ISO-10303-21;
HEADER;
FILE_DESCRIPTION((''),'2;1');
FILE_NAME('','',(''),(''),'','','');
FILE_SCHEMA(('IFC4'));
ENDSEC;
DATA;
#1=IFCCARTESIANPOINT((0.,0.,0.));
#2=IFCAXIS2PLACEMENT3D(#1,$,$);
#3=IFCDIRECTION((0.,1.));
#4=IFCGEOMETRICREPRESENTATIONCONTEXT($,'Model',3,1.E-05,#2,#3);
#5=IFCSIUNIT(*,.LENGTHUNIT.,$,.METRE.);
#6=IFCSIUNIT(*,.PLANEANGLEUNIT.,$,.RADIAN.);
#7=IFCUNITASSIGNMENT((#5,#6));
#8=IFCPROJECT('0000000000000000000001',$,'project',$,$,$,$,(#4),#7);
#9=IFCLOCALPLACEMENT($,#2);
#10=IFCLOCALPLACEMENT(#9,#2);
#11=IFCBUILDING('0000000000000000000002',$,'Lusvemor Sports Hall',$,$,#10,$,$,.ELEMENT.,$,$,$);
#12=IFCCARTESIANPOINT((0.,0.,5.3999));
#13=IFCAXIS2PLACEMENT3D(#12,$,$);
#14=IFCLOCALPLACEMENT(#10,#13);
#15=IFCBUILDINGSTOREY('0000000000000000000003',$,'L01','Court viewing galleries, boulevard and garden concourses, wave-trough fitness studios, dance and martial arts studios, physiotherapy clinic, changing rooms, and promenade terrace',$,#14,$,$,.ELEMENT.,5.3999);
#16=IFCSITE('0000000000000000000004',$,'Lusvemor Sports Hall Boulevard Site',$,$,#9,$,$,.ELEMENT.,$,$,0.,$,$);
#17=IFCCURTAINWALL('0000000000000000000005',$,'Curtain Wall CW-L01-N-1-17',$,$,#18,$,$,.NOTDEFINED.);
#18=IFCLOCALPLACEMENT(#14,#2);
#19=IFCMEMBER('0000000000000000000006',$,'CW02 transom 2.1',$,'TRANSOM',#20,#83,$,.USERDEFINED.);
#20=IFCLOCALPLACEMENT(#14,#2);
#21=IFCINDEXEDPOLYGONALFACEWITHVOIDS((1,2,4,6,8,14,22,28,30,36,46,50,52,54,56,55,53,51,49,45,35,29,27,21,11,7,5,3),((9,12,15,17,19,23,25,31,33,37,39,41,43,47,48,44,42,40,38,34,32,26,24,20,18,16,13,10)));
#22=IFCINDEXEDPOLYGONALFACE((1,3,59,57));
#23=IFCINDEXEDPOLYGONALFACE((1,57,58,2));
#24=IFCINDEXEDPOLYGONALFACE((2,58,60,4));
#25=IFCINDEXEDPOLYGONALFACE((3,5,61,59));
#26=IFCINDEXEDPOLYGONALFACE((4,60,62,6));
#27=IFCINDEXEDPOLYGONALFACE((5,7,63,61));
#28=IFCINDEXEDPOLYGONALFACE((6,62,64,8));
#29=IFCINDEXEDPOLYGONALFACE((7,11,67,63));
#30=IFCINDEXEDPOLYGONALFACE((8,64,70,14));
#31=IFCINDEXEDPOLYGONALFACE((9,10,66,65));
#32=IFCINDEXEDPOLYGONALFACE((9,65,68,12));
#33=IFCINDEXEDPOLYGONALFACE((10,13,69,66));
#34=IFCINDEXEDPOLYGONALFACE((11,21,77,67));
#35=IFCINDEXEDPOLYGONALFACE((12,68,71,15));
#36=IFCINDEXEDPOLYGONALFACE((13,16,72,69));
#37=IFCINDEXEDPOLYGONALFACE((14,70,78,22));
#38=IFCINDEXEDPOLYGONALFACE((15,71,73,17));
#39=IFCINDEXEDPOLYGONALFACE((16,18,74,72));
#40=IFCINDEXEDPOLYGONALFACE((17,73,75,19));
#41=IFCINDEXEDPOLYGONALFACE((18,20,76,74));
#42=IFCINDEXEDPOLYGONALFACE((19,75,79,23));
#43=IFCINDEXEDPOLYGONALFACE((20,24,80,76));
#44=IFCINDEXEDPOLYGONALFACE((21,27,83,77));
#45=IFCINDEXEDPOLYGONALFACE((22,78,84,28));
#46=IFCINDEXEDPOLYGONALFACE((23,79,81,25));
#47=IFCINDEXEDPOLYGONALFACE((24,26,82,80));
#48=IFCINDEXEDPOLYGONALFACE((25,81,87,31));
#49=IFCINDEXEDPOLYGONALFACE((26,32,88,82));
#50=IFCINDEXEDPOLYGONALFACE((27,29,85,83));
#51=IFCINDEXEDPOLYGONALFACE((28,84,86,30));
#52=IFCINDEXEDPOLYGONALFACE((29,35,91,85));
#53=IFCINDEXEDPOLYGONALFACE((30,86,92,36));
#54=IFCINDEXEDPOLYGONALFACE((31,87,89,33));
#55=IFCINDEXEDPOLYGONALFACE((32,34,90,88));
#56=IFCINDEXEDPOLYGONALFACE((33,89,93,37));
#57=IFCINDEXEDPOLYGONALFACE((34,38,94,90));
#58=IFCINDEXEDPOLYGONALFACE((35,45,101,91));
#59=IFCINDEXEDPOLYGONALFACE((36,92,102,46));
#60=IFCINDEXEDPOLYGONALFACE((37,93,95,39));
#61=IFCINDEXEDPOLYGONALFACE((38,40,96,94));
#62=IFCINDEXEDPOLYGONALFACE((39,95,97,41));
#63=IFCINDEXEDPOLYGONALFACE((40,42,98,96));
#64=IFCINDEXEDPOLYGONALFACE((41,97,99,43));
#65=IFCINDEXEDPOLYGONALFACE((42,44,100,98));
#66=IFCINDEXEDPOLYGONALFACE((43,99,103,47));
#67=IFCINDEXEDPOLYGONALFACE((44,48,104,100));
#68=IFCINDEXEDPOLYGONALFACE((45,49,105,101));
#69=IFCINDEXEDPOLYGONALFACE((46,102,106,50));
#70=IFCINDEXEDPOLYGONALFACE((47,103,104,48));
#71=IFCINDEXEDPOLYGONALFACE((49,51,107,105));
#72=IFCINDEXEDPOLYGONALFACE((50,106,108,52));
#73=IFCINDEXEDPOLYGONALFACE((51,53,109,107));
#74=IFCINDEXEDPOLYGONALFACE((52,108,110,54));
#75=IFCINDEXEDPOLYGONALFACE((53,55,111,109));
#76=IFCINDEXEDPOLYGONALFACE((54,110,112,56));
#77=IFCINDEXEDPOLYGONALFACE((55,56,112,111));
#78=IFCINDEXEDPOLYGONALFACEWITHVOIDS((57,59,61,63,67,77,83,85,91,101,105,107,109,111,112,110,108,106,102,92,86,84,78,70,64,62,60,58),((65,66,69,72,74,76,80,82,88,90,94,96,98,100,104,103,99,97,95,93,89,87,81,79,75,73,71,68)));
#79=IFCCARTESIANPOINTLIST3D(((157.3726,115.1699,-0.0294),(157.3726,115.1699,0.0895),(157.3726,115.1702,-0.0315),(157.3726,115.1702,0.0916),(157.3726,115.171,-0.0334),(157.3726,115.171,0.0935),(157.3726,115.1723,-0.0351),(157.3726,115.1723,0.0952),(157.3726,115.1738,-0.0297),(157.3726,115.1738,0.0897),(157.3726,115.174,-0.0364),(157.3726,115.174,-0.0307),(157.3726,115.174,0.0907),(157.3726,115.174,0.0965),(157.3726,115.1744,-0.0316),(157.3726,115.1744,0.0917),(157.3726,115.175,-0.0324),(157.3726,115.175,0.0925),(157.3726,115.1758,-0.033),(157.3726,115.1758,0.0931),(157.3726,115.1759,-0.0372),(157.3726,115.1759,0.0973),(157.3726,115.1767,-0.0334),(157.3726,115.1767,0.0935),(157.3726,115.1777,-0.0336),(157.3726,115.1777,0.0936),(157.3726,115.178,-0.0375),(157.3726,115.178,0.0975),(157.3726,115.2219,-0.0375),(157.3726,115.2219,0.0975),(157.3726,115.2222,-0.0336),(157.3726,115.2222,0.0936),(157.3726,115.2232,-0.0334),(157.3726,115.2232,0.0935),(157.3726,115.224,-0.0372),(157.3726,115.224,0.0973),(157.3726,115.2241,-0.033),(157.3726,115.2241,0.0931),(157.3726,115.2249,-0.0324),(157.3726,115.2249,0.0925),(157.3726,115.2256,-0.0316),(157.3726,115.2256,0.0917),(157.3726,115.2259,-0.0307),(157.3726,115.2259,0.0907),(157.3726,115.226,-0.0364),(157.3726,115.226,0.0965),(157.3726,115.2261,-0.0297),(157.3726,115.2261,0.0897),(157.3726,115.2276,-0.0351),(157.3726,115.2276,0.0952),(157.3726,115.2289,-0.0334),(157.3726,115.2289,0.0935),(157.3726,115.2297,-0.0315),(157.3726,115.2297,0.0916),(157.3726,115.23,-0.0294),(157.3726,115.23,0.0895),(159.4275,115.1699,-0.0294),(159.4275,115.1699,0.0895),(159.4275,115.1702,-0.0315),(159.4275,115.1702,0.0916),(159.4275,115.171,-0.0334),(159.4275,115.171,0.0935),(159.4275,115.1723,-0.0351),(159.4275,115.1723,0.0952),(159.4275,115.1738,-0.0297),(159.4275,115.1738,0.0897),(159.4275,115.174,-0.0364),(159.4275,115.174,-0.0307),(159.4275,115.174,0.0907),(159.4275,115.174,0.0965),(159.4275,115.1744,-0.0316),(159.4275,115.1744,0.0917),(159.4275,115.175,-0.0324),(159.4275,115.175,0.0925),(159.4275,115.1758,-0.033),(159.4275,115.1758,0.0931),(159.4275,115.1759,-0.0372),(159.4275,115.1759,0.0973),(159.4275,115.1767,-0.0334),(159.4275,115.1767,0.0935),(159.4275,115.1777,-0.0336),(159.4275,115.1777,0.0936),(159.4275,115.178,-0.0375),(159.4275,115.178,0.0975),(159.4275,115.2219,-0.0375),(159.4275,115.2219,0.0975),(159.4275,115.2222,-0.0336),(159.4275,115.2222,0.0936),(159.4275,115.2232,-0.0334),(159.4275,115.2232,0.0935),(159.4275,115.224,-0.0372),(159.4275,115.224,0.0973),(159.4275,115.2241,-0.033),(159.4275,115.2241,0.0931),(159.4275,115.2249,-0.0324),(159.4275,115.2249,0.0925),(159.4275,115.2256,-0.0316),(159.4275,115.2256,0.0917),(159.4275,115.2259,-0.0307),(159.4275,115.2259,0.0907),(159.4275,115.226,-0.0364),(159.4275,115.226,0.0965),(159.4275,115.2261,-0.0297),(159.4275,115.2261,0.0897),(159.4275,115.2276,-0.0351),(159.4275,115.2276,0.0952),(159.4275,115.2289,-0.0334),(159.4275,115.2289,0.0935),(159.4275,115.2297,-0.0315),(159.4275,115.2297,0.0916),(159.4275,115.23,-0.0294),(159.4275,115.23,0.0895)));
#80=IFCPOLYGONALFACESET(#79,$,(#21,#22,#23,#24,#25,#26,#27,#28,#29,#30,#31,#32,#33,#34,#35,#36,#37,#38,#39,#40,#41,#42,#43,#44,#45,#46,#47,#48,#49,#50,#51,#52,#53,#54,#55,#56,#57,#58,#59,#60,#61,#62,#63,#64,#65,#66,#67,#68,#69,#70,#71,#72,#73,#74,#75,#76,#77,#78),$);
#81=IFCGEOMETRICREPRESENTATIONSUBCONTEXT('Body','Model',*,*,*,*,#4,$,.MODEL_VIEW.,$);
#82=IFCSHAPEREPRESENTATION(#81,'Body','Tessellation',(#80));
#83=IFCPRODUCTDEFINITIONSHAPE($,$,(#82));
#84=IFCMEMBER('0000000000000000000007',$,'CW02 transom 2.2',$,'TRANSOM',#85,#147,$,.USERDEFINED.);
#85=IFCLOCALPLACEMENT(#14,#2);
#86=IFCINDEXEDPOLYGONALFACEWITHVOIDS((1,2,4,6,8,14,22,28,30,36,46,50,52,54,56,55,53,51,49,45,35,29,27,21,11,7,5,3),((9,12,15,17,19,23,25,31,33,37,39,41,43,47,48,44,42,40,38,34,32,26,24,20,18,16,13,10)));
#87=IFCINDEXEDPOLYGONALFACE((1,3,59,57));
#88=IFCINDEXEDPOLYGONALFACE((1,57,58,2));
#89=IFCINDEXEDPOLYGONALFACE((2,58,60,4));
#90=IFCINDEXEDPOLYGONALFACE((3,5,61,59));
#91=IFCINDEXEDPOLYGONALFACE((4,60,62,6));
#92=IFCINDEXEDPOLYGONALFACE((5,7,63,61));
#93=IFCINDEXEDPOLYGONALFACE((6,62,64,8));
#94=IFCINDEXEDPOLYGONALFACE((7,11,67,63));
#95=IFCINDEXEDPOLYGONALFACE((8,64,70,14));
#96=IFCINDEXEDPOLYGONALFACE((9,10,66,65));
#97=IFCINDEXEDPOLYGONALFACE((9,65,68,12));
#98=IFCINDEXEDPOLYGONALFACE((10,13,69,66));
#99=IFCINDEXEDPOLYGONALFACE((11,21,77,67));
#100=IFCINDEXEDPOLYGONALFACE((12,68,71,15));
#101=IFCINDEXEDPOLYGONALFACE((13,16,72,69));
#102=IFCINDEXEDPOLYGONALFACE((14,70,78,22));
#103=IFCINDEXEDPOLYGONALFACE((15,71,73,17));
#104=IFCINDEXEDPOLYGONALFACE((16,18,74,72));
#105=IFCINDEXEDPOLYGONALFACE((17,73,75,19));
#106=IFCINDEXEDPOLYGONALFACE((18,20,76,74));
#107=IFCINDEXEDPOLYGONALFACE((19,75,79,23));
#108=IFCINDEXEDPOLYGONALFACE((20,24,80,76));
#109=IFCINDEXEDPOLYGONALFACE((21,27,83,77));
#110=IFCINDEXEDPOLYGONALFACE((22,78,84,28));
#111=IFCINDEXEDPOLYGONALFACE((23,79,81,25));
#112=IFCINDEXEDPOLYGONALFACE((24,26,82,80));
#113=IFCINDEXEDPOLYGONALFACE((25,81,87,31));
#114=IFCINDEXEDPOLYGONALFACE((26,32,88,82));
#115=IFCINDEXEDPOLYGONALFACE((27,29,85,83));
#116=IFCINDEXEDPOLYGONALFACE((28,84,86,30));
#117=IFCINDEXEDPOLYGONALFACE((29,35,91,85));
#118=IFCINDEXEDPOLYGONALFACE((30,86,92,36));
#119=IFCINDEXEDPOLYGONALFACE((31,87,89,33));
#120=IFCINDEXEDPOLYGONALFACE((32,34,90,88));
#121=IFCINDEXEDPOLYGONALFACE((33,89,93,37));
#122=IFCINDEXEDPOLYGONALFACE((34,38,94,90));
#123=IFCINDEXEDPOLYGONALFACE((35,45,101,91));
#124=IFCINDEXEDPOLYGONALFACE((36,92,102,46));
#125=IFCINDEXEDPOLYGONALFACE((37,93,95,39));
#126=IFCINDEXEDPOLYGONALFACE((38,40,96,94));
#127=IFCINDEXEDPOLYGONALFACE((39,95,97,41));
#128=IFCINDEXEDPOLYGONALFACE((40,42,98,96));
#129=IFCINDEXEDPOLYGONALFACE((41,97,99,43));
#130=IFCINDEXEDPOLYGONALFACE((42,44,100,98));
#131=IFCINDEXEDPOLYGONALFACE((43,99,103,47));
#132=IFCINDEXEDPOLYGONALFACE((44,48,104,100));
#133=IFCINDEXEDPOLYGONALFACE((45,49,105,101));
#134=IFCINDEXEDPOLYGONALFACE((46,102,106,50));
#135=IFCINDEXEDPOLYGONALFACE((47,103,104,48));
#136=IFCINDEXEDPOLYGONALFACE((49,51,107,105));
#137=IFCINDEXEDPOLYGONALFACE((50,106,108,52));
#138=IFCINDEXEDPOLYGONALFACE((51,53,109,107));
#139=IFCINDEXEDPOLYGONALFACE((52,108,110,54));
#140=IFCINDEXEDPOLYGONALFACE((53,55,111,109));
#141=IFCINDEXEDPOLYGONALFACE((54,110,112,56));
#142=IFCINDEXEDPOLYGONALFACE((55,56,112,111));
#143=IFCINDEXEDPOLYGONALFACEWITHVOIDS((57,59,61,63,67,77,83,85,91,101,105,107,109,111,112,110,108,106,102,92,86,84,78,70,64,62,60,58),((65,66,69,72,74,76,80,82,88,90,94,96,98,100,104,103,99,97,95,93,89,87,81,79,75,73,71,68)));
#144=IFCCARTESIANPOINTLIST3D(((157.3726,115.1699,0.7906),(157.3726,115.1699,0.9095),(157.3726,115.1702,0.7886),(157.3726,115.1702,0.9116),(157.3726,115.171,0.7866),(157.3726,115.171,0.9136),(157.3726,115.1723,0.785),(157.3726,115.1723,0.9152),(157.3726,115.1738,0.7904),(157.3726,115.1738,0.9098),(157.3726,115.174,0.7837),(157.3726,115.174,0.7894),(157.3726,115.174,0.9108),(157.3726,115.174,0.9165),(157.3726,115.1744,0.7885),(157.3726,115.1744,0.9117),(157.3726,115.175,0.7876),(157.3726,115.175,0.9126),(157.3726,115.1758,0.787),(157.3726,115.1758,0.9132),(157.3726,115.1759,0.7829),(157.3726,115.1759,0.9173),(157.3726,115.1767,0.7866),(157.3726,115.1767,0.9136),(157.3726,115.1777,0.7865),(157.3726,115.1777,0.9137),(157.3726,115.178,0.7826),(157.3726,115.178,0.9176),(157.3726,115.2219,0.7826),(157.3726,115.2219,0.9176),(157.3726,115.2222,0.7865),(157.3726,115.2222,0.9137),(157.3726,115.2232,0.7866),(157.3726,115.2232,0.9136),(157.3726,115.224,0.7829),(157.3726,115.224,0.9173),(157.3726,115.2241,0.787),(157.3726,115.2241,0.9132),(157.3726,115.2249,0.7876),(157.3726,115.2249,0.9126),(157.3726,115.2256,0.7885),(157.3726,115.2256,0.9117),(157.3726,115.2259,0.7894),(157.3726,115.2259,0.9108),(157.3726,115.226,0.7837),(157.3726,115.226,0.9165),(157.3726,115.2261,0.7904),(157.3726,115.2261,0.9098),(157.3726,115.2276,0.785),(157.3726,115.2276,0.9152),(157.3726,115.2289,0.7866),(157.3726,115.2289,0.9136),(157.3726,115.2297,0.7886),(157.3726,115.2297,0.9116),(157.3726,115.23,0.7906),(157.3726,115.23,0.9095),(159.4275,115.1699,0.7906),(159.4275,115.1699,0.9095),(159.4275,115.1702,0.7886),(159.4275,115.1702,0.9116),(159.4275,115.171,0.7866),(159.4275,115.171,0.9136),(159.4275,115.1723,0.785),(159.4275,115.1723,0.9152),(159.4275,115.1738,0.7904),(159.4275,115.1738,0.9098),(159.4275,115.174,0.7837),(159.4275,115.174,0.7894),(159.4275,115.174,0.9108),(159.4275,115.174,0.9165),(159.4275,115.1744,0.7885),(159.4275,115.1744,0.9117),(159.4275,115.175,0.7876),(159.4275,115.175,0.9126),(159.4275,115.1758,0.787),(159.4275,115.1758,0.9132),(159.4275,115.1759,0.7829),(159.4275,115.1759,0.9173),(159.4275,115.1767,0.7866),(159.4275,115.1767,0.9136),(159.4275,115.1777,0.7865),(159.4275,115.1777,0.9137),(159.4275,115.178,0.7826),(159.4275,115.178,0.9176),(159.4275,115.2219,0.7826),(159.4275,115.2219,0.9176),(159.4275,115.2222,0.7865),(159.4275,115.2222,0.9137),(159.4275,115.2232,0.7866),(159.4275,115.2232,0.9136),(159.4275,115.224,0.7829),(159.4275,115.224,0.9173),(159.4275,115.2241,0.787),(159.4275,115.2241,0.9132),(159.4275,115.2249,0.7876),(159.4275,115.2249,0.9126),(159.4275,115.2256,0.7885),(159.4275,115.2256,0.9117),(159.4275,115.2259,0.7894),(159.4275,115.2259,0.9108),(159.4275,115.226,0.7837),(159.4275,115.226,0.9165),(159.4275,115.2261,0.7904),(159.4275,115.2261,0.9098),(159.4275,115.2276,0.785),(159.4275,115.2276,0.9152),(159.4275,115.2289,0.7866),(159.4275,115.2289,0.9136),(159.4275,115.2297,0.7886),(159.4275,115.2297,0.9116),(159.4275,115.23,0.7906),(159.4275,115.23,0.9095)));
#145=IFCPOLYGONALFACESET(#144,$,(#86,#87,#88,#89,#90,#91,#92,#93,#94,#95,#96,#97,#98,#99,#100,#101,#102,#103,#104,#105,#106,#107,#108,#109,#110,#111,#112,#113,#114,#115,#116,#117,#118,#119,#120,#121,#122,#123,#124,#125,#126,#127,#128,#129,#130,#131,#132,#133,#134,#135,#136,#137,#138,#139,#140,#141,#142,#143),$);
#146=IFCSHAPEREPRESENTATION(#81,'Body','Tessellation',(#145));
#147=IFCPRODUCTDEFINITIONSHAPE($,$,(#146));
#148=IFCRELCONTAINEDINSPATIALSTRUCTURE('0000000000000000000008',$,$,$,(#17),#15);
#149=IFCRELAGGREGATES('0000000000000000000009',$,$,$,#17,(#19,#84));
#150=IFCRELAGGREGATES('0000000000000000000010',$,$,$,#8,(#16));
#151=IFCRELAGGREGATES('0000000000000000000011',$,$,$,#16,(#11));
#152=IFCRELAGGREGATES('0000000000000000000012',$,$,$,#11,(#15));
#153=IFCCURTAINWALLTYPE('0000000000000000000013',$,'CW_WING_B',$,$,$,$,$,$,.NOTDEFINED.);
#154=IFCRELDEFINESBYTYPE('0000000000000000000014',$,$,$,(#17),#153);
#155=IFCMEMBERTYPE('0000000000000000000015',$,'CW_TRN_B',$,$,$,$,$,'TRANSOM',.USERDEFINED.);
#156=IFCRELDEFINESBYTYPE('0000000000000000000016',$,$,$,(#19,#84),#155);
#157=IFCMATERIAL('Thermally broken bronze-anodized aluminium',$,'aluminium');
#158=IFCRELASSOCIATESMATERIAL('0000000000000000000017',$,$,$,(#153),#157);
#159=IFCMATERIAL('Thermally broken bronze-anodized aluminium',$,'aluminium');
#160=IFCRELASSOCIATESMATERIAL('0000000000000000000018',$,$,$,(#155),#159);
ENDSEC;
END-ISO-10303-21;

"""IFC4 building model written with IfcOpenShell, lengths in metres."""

from ifc_helpers import new_model, si_unit, direction, frame, origin, origin_2d, place, context, subcontext, project, spatial, hollow_rectangle, extrude, material, material_profile, profile_set, type_object, element, aggregate, save


model = new_model("IFC4")

# Units and contexts
model_context = context("Model", 3, precision=1e-05, world=origin(), true_north=direction((0.0, 1.0)))
body_context = subcontext(model_context, "Body", "Model", "MODEL_VIEW")
ifc_project = project(units=[si_unit("LENGTHUNIT", "METRE"), si_unit("PLANEANGLEUNIT", "RADIAN")], contexts=[model_context])

# Site, building, storey
site_placement = place(None, origin())
site = spatial("IfcSite", under=ifc_project, at=site_placement, Name="Lusvemor Sports Hall Boulevard Site", CompositionType="ELEMENT", RefElevation=0.0)
building_placement = place(site_placement, origin())
building = spatial("IfcBuilding", under=site, at=building_placement, Name="Lusvemor Sports Hall", CompositionType="ELEMENT")
storey_placement = place(building_placement, frame((0.0, 0.0, 5.3999)))
storey = spatial("IfcBuildingStorey", under=building, at=storey_placement, Name="L01", Description="Court viewing galleries, boulevard and garden concourses, wave-trough fitness studios, dance and martial arts studios, physiotherapy clinic, changing rooms, and promenade terrace", CompositionType="ELEMENT", Elevation=5.3999)

# Curtain wall, members
ifc_material_1 = material(Name="Thermally broken bronze-anodized aluminium", Category="aluminium")
curtain_wall_type = type_object("IfcCurtainWallType", Name="CW_WING_B", PredefinedType="NOTDEFINED", material=ifc_material_1)
curtain_wall_placement = place(storey_placement, origin())
curtain_wall = element("IfcCurtainWall", 1, at=curtain_wall_placement, inside=storey, type_object=curtain_wall_type, Name="Curtain Wall CW-L01-N-1-17", PredefinedType="NOTDEFINED")
ifc_material_2 = material(Name="Thermally broken bronze-anodized aluminium", Category="aluminium")
ifc_material_profile_1 = material_profile(ifc_material_2, hollow_rectangle(XDim=0.0601, YDim=0.135, WallThickness=0.0039, InnerFilletRadius=0.0039, OuterFilletRadius=0.0081, at=origin_2d()), Name="CWTRN135x60x4")
ifc_profile_set_1 = profile_set([ifc_material_profile_1], Name="Thermally broken bronze-anodized aluminium")
member_type_1 = type_object("IfcMemberType", Name="CW_TRN_B", ElementType="TRANSOM", PredefinedType="USERDEFINED", material=ifc_profile_set_1)
member_1_placement = place(storey_placement, frame((157.3726, 115.2, 0.03), z_axis=(1.0, 0.0, 0.0), x_axis=(0.0, 1.0, 0.0)))
member_1 = element("IfcMember", 2, at=member_1_placement, type_object=member_type_1, Name="CW02 transom 2.1", ObjectType="TRANSOM", PredefinedType="USERDEFINED", context=body_context, shape_type="SweptSolid", body=[
    extrude(hollow_rectangle(XDim=0.0601, YDim=0.135, WallThickness=0.0039, InnerFilletRadius=0.0039, OuterFilletRadius=0.0081, at=origin_2d()), origin(), (0.0, 0.0, 1.0), 2.0549),
])
member_2_placement = place(storey_placement, frame((157.3726, 115.2, 0.8501), z_axis=(1.0, 0.0, 0.0), x_axis=(0.0, 1.0, 0.0)))
member_2 = element("IfcMember", 3, at=member_2_placement, type_object=member_type_1, Name="CW02 transom 2.2", ObjectType="TRANSOM", PredefinedType="USERDEFINED", context=body_context, shape_type="SweptSolid", body=[
    extrude(hollow_rectangle(XDim=0.0601, YDim=0.135, WallThickness=0.0039, InnerFilletRadius=0.0039, OuterFilletRadius=0.0081, at=origin_2d()), origin(), (0.0, 0.0, 1.0), 2.0549),
])

aggregate(curtain_wall, [member_1, member_2])

save(model, "model.ifc")
